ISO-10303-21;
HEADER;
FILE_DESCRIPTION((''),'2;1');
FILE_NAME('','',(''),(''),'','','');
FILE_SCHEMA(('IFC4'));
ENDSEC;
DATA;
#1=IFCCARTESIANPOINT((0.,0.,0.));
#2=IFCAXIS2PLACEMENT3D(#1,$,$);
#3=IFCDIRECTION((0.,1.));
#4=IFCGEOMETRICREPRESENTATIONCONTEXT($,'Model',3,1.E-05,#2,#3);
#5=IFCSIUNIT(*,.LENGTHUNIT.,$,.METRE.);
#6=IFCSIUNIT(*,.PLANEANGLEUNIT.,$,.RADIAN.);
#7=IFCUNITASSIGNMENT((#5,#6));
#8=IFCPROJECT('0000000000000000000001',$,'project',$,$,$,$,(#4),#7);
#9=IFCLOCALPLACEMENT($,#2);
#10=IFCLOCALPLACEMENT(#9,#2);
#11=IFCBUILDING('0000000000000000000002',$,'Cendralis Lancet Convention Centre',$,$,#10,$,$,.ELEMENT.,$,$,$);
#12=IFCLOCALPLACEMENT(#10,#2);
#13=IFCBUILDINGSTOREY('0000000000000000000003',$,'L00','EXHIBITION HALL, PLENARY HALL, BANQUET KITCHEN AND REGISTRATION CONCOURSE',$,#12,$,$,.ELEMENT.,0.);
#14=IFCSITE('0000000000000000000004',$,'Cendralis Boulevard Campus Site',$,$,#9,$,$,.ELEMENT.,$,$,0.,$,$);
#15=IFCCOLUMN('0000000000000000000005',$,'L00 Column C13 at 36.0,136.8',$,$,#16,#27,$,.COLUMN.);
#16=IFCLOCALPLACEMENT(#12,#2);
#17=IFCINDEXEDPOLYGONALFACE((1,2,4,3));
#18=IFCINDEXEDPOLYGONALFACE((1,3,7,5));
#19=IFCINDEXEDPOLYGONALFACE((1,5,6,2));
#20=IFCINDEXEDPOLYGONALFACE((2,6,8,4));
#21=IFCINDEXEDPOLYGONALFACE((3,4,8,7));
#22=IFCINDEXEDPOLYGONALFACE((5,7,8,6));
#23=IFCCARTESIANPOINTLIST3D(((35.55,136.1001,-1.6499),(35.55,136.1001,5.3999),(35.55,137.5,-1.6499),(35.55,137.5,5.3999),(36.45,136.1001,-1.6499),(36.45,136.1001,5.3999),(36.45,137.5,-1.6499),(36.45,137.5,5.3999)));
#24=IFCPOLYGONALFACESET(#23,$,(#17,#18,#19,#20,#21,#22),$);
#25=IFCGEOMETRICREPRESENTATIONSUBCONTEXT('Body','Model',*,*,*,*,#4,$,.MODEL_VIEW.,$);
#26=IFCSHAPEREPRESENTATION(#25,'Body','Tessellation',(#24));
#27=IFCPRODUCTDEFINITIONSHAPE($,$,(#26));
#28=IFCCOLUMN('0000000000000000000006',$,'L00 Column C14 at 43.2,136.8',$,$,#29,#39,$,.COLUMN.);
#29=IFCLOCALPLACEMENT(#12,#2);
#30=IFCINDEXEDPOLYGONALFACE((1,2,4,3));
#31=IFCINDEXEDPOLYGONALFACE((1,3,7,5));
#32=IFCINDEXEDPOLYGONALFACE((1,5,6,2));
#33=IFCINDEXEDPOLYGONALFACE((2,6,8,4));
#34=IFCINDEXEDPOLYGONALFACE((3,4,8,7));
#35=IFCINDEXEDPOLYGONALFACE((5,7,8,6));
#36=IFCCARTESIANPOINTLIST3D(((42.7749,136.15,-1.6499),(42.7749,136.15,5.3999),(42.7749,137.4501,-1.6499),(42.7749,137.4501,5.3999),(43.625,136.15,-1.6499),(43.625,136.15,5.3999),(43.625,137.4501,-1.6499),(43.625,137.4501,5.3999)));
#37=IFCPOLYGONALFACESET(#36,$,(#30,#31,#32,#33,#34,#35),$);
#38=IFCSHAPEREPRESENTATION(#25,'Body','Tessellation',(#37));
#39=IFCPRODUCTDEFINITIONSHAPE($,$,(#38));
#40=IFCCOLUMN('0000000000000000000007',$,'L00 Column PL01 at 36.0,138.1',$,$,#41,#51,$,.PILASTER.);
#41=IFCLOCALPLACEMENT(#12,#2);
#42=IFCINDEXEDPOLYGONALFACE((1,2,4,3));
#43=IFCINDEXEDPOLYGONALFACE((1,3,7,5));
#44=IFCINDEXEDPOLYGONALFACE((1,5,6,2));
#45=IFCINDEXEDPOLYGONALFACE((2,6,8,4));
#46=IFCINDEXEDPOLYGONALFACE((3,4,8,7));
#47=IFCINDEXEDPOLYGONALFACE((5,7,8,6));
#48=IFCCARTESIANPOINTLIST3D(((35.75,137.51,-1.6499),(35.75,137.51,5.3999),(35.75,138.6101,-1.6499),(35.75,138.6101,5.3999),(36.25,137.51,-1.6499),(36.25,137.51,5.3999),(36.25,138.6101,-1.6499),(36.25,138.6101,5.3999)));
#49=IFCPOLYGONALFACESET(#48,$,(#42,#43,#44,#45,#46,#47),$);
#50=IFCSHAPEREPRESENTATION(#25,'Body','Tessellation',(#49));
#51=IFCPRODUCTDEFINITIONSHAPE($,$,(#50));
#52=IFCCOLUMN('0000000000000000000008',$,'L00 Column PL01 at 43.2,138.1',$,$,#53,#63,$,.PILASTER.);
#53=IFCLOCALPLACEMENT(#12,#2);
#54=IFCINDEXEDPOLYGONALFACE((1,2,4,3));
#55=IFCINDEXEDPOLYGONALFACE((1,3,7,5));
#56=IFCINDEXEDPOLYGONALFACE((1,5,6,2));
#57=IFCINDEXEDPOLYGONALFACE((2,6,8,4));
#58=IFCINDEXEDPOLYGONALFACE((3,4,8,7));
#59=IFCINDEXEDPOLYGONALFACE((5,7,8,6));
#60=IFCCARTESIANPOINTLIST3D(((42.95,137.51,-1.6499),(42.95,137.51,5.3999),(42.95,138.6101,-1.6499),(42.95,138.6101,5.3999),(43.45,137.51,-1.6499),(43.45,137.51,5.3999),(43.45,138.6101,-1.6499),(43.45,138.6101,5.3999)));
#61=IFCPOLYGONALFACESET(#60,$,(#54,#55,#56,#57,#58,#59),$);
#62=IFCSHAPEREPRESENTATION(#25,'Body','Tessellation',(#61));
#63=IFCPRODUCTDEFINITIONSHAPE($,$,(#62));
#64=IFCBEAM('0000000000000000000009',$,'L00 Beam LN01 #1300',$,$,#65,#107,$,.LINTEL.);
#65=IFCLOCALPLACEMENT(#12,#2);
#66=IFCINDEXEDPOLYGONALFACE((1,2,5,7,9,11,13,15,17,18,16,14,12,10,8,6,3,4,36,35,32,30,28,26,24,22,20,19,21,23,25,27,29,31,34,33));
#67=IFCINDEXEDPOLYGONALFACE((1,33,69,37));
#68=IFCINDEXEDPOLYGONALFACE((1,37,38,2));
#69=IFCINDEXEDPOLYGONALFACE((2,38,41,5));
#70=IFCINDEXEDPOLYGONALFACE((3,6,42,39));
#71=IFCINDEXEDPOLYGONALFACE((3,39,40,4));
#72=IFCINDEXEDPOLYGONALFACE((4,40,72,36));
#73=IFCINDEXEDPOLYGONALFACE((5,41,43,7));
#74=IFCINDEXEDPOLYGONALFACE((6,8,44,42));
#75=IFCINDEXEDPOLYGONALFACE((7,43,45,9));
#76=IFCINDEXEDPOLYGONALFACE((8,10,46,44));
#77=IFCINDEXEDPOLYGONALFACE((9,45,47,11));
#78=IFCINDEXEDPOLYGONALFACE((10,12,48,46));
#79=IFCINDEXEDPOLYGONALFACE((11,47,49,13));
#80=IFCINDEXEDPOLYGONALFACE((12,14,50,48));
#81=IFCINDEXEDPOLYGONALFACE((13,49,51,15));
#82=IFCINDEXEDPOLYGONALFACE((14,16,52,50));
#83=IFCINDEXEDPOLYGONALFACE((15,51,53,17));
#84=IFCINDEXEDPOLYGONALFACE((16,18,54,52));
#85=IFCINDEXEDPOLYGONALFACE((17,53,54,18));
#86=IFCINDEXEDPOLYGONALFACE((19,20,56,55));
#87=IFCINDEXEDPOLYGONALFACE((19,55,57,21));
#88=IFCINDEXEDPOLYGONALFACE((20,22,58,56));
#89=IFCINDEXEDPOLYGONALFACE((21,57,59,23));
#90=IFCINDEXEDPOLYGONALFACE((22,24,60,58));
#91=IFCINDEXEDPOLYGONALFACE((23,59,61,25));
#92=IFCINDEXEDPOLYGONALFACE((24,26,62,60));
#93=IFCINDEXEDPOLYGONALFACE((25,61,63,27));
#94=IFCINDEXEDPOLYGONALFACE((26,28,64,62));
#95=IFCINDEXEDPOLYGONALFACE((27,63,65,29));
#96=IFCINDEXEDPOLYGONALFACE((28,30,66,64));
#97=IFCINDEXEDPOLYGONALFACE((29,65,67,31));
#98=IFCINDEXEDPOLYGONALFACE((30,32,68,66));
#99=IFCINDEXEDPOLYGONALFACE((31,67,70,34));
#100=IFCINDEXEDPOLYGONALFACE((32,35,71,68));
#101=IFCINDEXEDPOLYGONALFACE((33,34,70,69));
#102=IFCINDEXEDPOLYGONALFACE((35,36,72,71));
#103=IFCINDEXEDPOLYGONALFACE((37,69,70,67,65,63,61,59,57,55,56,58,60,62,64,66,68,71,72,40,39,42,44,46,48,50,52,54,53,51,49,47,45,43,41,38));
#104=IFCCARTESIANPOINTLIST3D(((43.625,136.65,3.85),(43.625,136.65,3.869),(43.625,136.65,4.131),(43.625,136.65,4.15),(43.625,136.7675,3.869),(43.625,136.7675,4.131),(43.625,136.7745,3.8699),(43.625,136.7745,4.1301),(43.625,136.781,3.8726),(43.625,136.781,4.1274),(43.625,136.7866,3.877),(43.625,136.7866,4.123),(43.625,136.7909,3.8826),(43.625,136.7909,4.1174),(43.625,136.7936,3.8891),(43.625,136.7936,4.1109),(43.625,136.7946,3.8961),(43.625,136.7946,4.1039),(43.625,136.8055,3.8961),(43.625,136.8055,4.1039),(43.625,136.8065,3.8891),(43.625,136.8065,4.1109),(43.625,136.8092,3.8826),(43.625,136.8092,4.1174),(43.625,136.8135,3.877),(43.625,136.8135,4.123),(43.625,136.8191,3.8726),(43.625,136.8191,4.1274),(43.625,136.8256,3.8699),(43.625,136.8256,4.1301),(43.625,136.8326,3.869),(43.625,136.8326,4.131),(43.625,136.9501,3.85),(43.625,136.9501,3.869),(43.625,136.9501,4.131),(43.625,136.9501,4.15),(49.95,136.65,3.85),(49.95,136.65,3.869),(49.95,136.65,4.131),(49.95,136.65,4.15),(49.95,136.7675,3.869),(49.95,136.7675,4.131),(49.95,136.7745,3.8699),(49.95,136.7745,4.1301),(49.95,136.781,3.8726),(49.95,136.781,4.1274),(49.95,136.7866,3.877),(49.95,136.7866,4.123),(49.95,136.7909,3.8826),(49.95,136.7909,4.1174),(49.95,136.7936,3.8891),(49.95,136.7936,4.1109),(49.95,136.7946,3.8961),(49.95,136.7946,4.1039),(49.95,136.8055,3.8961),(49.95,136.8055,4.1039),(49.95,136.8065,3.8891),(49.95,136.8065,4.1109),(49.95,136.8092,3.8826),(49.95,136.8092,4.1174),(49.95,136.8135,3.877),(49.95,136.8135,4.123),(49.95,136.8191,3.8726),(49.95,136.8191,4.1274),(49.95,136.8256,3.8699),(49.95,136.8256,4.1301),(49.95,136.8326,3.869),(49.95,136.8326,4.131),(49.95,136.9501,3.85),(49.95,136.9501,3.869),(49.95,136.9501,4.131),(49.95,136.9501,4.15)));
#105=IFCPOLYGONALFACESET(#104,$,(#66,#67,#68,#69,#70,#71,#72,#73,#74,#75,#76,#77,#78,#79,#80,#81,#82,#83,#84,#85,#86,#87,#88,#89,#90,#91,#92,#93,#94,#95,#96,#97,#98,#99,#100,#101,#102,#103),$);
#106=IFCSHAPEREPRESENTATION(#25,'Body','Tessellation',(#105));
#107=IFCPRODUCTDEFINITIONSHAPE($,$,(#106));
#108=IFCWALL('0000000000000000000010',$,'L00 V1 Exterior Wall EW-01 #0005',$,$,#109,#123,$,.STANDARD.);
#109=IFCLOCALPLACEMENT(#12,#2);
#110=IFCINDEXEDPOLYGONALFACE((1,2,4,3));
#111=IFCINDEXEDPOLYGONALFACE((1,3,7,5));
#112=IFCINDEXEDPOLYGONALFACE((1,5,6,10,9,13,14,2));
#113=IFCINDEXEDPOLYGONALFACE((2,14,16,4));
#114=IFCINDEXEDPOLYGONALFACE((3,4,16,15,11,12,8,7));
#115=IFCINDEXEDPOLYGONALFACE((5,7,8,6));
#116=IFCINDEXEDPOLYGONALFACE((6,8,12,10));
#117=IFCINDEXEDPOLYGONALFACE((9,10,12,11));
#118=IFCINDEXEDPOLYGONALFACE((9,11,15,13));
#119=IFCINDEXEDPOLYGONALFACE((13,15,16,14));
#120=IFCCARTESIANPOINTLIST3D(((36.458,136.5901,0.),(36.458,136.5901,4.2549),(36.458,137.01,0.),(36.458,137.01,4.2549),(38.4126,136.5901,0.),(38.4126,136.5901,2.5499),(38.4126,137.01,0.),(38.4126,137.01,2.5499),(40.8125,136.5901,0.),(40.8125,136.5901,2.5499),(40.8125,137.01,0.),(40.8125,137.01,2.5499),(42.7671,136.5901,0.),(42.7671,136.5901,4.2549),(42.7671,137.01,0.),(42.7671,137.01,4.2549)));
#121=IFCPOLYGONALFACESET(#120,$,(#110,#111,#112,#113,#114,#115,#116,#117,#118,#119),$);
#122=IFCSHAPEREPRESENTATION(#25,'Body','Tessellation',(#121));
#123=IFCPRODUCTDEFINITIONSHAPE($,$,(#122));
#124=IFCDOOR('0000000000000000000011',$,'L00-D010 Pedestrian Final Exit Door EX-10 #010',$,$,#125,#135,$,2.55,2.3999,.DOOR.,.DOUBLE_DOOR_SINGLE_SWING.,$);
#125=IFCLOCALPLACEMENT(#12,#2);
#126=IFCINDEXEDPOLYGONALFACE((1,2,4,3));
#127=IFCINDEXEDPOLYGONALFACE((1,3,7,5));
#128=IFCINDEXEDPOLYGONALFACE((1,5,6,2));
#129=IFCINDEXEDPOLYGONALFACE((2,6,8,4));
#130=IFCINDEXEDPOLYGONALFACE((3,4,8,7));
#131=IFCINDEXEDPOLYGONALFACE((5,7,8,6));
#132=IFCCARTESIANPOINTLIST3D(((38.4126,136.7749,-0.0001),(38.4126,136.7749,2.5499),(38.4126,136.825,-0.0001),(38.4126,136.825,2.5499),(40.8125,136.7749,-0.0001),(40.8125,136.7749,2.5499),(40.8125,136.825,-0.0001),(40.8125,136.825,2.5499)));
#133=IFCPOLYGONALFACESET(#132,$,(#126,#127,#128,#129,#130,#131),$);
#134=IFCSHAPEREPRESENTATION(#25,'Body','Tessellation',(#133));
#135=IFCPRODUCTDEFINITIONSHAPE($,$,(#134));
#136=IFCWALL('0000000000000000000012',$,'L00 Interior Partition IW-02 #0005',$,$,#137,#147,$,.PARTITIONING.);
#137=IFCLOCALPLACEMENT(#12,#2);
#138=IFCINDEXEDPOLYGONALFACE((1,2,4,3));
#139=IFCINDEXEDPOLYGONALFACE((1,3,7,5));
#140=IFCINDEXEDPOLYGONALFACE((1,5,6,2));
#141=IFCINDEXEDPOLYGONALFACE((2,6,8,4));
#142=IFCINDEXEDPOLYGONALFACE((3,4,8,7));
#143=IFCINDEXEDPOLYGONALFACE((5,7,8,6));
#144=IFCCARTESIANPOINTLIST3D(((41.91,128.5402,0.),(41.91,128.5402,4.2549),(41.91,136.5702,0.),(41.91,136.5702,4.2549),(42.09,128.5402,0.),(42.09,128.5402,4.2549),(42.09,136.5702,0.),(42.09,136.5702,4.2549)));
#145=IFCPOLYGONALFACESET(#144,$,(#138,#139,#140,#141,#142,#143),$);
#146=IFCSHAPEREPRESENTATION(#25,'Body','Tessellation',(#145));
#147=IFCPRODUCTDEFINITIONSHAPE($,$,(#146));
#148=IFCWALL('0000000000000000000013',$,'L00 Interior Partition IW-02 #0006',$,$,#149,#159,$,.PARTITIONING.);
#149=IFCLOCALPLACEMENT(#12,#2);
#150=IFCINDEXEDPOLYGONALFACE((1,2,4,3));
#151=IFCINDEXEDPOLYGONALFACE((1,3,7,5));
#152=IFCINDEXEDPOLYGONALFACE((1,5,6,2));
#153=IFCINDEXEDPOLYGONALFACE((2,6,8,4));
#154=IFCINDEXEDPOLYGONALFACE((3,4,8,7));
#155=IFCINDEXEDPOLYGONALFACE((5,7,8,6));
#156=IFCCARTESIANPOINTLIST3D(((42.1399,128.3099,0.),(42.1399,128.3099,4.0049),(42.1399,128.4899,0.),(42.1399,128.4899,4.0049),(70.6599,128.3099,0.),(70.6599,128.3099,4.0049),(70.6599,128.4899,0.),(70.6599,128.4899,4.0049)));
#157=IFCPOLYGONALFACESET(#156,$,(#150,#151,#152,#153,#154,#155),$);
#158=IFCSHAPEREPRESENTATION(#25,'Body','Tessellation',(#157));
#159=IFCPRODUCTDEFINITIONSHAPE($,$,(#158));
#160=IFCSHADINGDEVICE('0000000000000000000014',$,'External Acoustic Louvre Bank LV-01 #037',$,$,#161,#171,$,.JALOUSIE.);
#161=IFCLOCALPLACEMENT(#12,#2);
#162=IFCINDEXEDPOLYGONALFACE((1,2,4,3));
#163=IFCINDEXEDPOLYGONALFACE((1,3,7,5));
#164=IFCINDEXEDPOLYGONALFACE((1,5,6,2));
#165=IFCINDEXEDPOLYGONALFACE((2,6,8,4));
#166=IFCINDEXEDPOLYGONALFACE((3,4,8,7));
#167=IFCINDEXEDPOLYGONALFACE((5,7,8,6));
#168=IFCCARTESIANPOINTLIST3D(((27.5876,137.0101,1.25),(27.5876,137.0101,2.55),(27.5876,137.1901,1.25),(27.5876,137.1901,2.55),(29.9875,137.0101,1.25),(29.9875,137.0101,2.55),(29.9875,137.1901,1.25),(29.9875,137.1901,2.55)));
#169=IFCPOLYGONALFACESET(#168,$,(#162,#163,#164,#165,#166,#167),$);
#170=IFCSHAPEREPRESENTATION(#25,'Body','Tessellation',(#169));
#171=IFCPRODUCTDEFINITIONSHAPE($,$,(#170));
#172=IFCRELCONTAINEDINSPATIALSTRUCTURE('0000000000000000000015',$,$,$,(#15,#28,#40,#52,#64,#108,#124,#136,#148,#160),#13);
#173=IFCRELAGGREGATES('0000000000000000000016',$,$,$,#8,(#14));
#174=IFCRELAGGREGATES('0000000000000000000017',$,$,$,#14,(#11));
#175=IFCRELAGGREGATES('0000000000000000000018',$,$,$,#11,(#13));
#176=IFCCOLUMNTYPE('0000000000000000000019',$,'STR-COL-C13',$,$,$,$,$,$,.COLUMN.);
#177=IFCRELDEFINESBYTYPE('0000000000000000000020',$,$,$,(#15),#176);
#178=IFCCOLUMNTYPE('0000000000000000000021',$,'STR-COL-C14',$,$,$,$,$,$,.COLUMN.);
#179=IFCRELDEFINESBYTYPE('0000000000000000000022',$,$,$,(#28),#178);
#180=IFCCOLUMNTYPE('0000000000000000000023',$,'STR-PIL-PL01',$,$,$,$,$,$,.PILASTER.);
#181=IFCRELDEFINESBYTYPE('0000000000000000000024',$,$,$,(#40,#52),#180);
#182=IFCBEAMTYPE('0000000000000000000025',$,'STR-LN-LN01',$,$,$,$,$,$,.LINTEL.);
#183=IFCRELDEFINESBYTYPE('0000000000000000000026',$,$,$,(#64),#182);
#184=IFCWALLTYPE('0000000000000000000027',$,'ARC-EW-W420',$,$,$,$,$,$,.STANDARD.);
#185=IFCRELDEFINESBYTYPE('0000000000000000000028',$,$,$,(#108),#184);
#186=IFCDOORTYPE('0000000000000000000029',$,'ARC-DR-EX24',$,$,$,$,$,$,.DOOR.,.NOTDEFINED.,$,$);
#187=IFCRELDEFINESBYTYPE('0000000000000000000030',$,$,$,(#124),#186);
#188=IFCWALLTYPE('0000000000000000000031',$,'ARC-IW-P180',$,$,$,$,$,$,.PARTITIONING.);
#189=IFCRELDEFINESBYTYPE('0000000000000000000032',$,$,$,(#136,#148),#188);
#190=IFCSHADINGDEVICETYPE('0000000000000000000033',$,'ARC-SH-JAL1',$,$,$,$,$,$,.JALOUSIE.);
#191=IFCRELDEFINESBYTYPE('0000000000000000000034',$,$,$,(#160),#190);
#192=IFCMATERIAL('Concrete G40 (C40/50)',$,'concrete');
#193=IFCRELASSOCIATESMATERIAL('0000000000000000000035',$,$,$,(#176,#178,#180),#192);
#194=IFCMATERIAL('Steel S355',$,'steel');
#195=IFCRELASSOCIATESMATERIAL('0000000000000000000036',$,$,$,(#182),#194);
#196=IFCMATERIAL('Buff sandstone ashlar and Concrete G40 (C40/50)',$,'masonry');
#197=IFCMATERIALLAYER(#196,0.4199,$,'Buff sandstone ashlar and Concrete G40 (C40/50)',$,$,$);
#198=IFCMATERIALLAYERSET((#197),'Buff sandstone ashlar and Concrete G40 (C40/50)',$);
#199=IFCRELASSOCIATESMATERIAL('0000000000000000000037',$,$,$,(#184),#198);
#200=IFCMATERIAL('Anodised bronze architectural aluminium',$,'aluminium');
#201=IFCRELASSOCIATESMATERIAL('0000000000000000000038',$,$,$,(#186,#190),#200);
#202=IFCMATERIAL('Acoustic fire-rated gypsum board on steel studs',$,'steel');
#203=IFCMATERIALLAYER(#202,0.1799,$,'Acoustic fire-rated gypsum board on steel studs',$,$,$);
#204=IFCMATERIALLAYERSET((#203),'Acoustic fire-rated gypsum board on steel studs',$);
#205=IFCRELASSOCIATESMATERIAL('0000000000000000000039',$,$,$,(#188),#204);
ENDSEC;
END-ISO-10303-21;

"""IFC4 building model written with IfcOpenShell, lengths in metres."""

from ifc_helpers import new_model, si_unit, direction, frame, frame_2d, origin, origin_2d, place, context, subcontext, project, spatial, rectangle, i_section, extrude, material, layer, layer_set, material_profile, profile_set, type_object, element, fill, save


model = new_model("IFC4")

# Units and contexts
model_context = context("Model", 3, precision=1e-05, world=origin(), true_north=direction((0.0, 1.0)))
body_context = subcontext(model_context, "Body", "Model", "MODEL_VIEW")
ifc_project = project(units=[si_unit("LENGTHUNIT", "METRE"), si_unit("PLANEANGLEUNIT", "RADIAN")], contexts=[model_context])

# Site, building, storey
site_placement = place(None, origin())
site = spatial("IfcSite", under=ifc_project, at=site_placement, Name="Cendralis Boulevard Campus Site", CompositionType="ELEMENT", RefElevation=0.0)
building_placement = place(site_placement, origin())
building = spatial("IfcBuilding", under=site, at=building_placement, Name="Cendralis Lancet Convention Centre", CompositionType="ELEMENT")
storey_placement = place(building_placement, origin())
storey = spatial("IfcBuildingStorey", under=building, at=storey_placement, Name="L00", Description="EXHIBITION HALL, PLENARY HALL, BANQUET KITCHEN AND REGISTRATION CONCOURSE", CompositionType="ELEMENT", Elevation=0.0)

# Columns
ifc_material_1 = material(Name="Concrete G40 (C40/50)", Category="concrete")
ifc_material_profile_1 = material_profile(ifc_material_1, rectangle(XDim=0.8999, YDim=1.3999, at=origin_2d()), Name="RC 900x1400")
ifc_profile_set_1 = profile_set([ifc_material_profile_1], Name="Concrete G40 (C40/50)")
column_type_1 = type_object("IfcColumnType", Name="STR-COL-C13", PredefinedType="COLUMN", material=ifc_profile_set_1)
column_1_placement = place(storey_placement, frame((36.0, 136.8, -1.6499), z_axis=(0.0, 0.0, 1.0), x_axis=(1.0, 0.0, 0.0)))
element("IfcColumn", 1, at=column_1_placement, inside=storey, type_object=column_type_1, Name="L00 Column C13 at 36.0,136.8", PredefinedType="COLUMN", context=body_context, shape_type="SweptSolid", body=[
    extrude(rectangle(XDim=0.8999, YDim=1.3999, at=origin_2d()), origin(), (0.0, 0.0, 1.0), 7.0498),
])
ifc_material_profile_2 = material_profile(ifc_material_1, rectangle(XDim=0.8501, YDim=1.3, at=origin_2d()), Name="RC 850x1300")
ifc_profile_set_2 = profile_set([ifc_material_profile_2], Name="Concrete G40 (C40/50)")
column_type_2 = type_object("IfcColumnType", Name="STR-COL-C14", PredefinedType="COLUMN", material=ifc_profile_set_2)
column_2_placement = place(storey_placement, frame((43.2, 136.8, -1.6499), z_axis=(0.0, 0.0, 1.0), x_axis=(1.0, 0.0, 0.0)))
element("IfcColumn", 2, at=column_2_placement, inside=storey, type_object=column_type_2, Name="L00 Column C14 at 43.2,136.8", PredefinedType="COLUMN", context=body_context, shape_type="SweptSolid", body=[
    extrude(rectangle(XDim=0.8501, YDim=1.3, at=origin_2d()), origin(), (0.0, 0.0, 1.0), 7.0498),
])
ifc_material_profile_3 = material_profile(ifc_material_1, rectangle(XDim=0.5, YDim=1.1001, at=origin_2d()), Name="RC 500x1100")
ifc_profile_set_3 = profile_set([ifc_material_profile_3], Name="Concrete G40 (C40/50)")
column_type_3 = type_object("IfcColumnType", Name="STR-PIL-PL01", PredefinedType="PILASTER", material=ifc_profile_set_3)
for number, where, z_axis, x_axis, name in (
    (3, (36.0, 138.0601, -1.6499), (0.0, 0.0, 1.0), (1.0, 0.0, 0.0), "L00 Column PL01 at 36.0,138.1"),
    (4, (43.2, 138.0601, -1.6499), (0.0, 0.0, 1.0), (1.0, 0.0, 0.0), "L00 Column PL01 at 43.2,138.1"),
):
    element("IfcColumn", number, at=place(storey_placement, frame(where, z_axis=z_axis, x_axis=x_axis)), inside=storey, type_object=column_type_3, Name=name, PredefinedType="PILASTER", context=body_context, shape_type="SweptSolid", body=[
        extrude(rectangle(XDim=0.5, YDim=1.1001, at=origin_2d()), origin(), (0.0, 0.0, 1.0), 7.0498),
    ])

# Beam
ifc_material_2 = material(Name="Steel S355", Category="steel")
ifc_material_profile_4 = material_profile(ifc_material_2, i_section(OverallWidth=0.3, OverallDepth=0.3, WebThickness=0.011, FlangeThickness=0.019, FilletRadius=0.0271, at=origin_2d()), Name="HEB 300")
ifc_profile_set_4 = profile_set([ifc_material_profile_4], Name="Steel S355")
beam_type = type_object("IfcBeamType", Name="STR-LN-LN01", PredefinedType="LINTEL", material=ifc_profile_set_4)
beam_placement = place(storey_placement, frame((43.625, 136.8, 4.0), z_axis=(1.0, 0.0, 0.0), x_axis=(0.0, 1.0, 0.0)))
element("IfcBeam", 5, at=beam_placement, inside=storey, type_object=beam_type, Name="L00 Beam LN01 #1300", PredefinedType="LINTEL", context=body_context, shape_type="SweptSolid", body=[
    extrude(i_section(OverallWidth=0.3, OverallDepth=0.3, WebThickness=0.011, FlangeThickness=0.019, FilletRadius=0.0271, at=origin_2d()), origin(), (0.0, 0.0, 1.0), 6.325),
])

# Wall, opening, door
ifc_material_3 = material(Name="Buff sandstone ashlar and Concrete G40 (C40/50)", Category="masonry")
ifc_layer_1 = layer(ifc_material_3, 0.4199, Name="Buff sandstone ashlar and Concrete G40 (C40/50)")
ifc_layer_set_1 = layer_set([ifc_layer_1], Name="Buff sandstone ashlar and Concrete G40 (C40/50)")
wall_type_1 = type_object("IfcWallType", Name="ARC-EW-W420", PredefinedType="STANDARD", material=ifc_layer_set_1)
wall_1_placement = place(storey_placement, frame((36.458, 136.8, 0.0), z_axis=(0.0, 0.0, 1.0), x_axis=(1.0, 0.0, 0.0)))
wall_1 = element("IfcWall", 6, at=wall_1_placement, inside=storey, type_object=wall_type_1, Name="L00 V1 Exterior Wall EW-01 #0005", PredefinedType="STANDARD", context=body_context, shape_type="SweptSolid", body=[
    extrude(rectangle(XDim=6.3091, YDim=0.4199, at=frame_2d((3.1545, 0.0))), origin(), (0.0, 0.0, 1.0), 4.2549),
])
opening_placement = place(wall_1_placement, frame((1.9546, 0.0, 0.0)))
opening = element("IfcOpeningElement", 7, at=opening_placement, cuts=wall_1, PredefinedType="OPENING", context=body_context, shape_type="SweptSolid", body=[
    extrude(rectangle(XDim=2.3999, YDim=2.55, at=frame_2d((1.2, 1.2749))), frame((0.0, 0.22, 0.0), z_axis=(0.0, -1.0, 0.0), x_axis=(1.0, 0.0, 0.0)), (0.0, 0.0, 1.0), 0.4399),
])
ifc_material_4 = material(Name="Anodised bronze architectural aluminium", Category="aluminium")
door_type = type_object("IfcDoorType", Name="ARC-DR-EX24", OperationType="NOTDEFINED", PredefinedType="DOOR", material=ifc_material_4)
door_placement = place(opening_placement, origin())
door = element("IfcDoor", 8, at=door_placement, inside=storey, type_object=door_type, Name="L00-D010 Pedestrian Final Exit Door EX-10 #010", OperationType="DOUBLE_DOOR_SINGLE_SWING", OverallHeight=2.55, OverallWidth=2.3999, PredefinedType="DOOR", context=body_context, shape_type="SweptSolid", body=[
    extrude(rectangle(XDim=2.3999, YDim=2.55, at=frame_2d((1.2, 1.2749))), frame((0.0, 0.0249, 0.0), z_axis=(0.0, -1.0, 0.0), x_axis=(1.0, 0.0, 0.0)), (0.0, 0.0, 1.0), 0.05),
])
fill(opening, door)

# Walls
ifc_material_5 = material(Name="Acoustic fire-rated gypsum board on steel studs", Category="steel")
ifc_layer_2 = layer(ifc_material_5, 0.1799, Name="Acoustic fire-rated gypsum board on steel studs")
ifc_layer_set_2 = layer_set([ifc_layer_2], Name="Acoustic fire-rated gypsum board on steel studs")
wall_type_2 = type_object("IfcWallType", Name="ARC-IW-P180", PredefinedType="PARTITIONING", material=ifc_layer_set_2)
wall_2_placement = place(storey_placement, frame((42.0, 128.54, 0.0), z_axis=(0.0, 0.0, 1.0), x_axis=(0.0, 1.0, 0.0)))
element("IfcWall", 9, at=wall_2_placement, inside=storey, type_object=wall_type_2, Name="L00 Interior Partition IW-02 #0005", PredefinedType="PARTITIONING", context=body_context, shape_type="SweptSolid", body=[
    extrude(rectangle(XDim=8.03, YDim=0.1799, at=frame_2d((4.0151, 0.0))), origin(), (0.0, 0.0, 1.0), 4.2549),
])
wall_3_placement = place(storey_placement, frame((42.1399, 128.3999, 0.0), z_axis=(0.0, 0.0, 1.0), x_axis=(1.0, 0.0, 0.0)))
element("IfcWall", 10, at=wall_3_placement, inside=storey, type_object=wall_type_2, Name="L00 Interior Partition IW-02 #0006", PredefinedType="PARTITIONING", context=body_context, shape_type="SweptSolid", body=[
    extrude(rectangle(XDim=28.52, YDim=0.1799, at=frame_2d((14.26, 0.0))), origin(), (0.0, 0.0, 1.0), 4.0049),
])

# Shading device
shading_device_type = type_object("IfcShadingDeviceType", Name="ARC-SH-JAL1", PredefinedType="JALOUSIE", material=ifc_material_4)
shading_device_placement = place(storey_placement, frame((28.7876, 137.1001, 1.25), z_axis=(0.0, 0.0, 1.0), x_axis=(1.0, 0.0, 0.0)))
element("IfcShadingDevice", 11, at=shading_device_placement, inside=storey, type_object=shading_device_type, Name="External Acoustic Louvre Bank LV-01 #037", PredefinedType="JALOUSIE", context=body_context, shape_type="SweptSolid", body=[
    extrude(rectangle(XDim=2.3999, YDim=0.1799, at=origin_2d()), origin(), (0.0, 0.0, 1.0), 1.3),
])

save(model, "model.ifc")
